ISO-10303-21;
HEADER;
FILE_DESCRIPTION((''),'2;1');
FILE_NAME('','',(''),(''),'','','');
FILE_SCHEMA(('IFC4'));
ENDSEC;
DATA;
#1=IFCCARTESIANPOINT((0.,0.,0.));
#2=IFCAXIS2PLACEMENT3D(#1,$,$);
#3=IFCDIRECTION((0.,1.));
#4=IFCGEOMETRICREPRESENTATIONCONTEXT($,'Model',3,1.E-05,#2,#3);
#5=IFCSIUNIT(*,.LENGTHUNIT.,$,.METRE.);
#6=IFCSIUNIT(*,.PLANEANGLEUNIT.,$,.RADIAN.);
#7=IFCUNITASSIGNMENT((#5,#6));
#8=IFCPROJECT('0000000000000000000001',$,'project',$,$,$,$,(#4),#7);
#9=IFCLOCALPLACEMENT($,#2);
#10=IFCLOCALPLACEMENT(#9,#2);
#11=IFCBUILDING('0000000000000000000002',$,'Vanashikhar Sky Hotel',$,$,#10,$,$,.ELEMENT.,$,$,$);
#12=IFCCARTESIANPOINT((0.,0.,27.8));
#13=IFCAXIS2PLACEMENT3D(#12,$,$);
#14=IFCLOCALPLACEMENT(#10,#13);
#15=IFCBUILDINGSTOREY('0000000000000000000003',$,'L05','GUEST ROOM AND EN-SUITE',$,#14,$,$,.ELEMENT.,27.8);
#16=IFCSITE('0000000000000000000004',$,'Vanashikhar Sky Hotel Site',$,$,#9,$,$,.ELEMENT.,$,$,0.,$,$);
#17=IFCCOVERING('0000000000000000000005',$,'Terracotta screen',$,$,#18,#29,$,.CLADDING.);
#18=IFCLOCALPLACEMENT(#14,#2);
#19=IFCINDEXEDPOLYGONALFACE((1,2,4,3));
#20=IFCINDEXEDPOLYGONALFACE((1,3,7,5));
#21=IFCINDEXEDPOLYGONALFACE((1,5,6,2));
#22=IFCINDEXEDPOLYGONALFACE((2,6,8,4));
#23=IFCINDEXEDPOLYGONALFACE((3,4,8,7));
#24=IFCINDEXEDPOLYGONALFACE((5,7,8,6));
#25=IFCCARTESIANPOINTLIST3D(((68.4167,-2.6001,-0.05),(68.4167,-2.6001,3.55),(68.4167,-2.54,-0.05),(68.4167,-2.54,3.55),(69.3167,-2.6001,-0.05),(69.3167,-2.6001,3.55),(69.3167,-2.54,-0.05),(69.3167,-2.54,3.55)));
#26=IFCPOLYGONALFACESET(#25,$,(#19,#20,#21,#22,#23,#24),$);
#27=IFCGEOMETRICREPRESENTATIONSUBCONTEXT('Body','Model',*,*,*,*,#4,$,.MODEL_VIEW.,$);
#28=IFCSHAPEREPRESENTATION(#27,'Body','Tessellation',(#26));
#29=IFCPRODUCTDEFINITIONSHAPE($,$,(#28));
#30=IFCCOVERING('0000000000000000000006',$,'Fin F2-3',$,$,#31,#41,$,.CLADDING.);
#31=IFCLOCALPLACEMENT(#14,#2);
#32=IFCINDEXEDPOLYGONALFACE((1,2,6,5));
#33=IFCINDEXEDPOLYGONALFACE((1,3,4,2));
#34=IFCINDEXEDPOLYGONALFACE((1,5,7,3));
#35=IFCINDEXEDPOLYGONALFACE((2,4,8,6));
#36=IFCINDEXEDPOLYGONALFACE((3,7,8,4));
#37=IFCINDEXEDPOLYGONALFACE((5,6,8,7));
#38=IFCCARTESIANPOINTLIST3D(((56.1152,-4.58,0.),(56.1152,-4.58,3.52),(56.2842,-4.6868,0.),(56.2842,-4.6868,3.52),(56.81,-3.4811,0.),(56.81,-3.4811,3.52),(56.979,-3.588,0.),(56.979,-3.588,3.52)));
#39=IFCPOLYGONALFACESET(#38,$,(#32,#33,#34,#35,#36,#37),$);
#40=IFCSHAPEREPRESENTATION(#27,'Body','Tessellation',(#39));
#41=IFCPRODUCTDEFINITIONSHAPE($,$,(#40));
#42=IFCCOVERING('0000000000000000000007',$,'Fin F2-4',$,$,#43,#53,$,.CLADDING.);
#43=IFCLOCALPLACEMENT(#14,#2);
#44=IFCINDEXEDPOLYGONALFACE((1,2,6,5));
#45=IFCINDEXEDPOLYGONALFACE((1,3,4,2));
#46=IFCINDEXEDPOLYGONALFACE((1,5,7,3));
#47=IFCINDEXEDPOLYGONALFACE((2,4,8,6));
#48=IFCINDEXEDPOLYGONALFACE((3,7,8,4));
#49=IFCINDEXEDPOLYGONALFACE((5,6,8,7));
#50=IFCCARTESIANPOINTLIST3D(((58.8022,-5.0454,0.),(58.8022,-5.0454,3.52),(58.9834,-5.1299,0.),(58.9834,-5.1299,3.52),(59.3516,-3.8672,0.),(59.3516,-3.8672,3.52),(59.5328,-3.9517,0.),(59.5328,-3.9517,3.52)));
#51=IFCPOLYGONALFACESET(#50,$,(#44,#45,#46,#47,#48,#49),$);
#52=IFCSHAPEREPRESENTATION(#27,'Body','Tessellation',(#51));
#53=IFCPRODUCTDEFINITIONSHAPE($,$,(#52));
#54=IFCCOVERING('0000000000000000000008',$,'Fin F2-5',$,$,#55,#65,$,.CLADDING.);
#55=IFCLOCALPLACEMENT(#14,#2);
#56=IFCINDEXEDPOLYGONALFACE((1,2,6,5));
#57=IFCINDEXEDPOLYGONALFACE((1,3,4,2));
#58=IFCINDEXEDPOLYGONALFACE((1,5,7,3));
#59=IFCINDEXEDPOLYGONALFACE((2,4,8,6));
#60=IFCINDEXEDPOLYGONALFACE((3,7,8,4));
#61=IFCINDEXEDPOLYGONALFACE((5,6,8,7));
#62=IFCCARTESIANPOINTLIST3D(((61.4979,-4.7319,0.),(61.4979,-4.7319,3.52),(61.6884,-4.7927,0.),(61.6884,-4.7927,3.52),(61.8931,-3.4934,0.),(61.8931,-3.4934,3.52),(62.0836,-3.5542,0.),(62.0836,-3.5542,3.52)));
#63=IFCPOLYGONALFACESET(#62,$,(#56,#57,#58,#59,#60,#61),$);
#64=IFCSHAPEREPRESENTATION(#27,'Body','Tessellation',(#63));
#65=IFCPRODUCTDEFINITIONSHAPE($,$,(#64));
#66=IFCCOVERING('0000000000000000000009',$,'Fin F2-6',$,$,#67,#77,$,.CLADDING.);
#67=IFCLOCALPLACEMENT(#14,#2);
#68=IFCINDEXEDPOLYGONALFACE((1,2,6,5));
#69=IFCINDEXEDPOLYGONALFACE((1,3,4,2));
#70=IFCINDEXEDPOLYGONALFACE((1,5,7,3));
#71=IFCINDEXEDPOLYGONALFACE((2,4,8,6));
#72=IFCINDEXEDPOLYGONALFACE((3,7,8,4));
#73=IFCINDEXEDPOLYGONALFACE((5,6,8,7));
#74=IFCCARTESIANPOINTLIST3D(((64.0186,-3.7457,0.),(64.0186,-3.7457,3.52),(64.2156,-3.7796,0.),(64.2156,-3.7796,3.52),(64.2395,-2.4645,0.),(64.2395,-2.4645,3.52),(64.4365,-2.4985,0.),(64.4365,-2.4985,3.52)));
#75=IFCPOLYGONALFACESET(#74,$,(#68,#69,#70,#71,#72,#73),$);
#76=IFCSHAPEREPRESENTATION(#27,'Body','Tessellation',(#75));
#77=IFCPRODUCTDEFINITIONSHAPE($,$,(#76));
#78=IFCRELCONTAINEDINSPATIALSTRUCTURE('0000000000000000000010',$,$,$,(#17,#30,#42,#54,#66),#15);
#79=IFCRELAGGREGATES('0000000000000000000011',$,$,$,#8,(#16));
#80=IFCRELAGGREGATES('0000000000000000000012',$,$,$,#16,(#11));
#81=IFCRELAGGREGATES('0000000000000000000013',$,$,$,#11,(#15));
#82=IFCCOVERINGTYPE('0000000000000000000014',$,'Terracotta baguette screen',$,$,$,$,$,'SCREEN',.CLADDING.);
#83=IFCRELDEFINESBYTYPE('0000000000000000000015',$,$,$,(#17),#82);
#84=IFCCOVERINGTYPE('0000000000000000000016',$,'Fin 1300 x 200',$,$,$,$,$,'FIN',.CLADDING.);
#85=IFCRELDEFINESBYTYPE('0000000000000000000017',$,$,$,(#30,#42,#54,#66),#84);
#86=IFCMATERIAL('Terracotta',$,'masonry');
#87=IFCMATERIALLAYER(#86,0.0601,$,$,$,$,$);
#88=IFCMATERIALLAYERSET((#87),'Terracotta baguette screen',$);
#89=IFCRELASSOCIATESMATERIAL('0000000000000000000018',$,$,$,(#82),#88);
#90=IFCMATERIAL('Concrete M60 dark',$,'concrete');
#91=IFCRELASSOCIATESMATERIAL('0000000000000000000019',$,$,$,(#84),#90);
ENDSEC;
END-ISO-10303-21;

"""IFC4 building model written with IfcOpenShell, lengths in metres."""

from ifc_helpers import new_model, si_unit, direction, frame, origin, origin_2d, place, context, subcontext, project, spatial, rectangle, extrude, source, transform, mapped, material, layer, layer_set, material_profile, profile_set, type_object, element, save


model = new_model("IFC4")

# Units and contexts
model_context = context("Model", 3, precision=1e-05, world=origin(), true_north=direction((0.0, 1.0)))
body_context = subcontext(model_context, "Body", "Model", "MODEL_VIEW")
ifc_project = project(units=[si_unit("LENGTHUNIT", "METRE"), si_unit("PLANEANGLEUNIT", "RADIAN")], contexts=[model_context])

# Site, building, storey
site_placement = place(None, origin())
site = spatial("IfcSite", under=ifc_project, at=site_placement, Name="Vanashikhar Sky Hotel Site", CompositionType="ELEMENT", RefElevation=0.0)
building_placement = place(site_placement, origin())
building = spatial("IfcBuilding", under=site, at=building_placement, Name="Vanashikhar Sky Hotel", CompositionType="ELEMENT")
storey_placement = place(building_placement, frame((0.0, 0.0, 27.8)))
storey = spatial("IfcBuildingStorey", under=building, at=storey_placement, Name="L05", Description="GUEST ROOM AND EN-SUITE", CompositionType="ELEMENT", Elevation=27.8)

# Coverings
ifc_material_1 = material(Name="Terracotta", Category="masonry")
ifc_layer_1 = layer(ifc_material_1, 0.0601)
ifc_layer_set_1 = layer_set([ifc_layer_1], Name="Terracotta baguette screen")
covering_type_1 = type_object("IfcCoveringType", Name="Terracotta baguette screen", ElementType="SCREEN", PredefinedType="CLADDING", material=ifc_layer_set_1)
shared_shape_1 = source(origin(), body_context, "Body", "SweptSolid", [
    extrude(rectangle(XDim=0.8999, YDim=0.0601, at=origin_2d()), origin(), (0.0, 0.0, 1.0), 3.6001),
])
covering_placement = place(storey_placement, frame((68.8667, -2.5701, -0.05), z_axis=(0.0, 0.0, 1.0), x_axis=(1.0, 0.0, 0.0)))
element("IfcCovering", 1, at=covering_placement, inside=storey, type_object=covering_type_1, Name="Terracotta screen", PredefinedType="CLADDING", context=body_context, shape_type="MappedRepresentation", body=[
    mapped(shared_shape_1, transform((0.0, 0.0, 0.0), scale=1.0)),
])
ifc_material_2 = material(Name="Concrete M60 dark", Category="concrete")
ifc_material_profile = material_profile(ifc_material_2, rectangle(XDim=1.3, YDim=0.2, at=origin_2d()))
ifc_profile_set = profile_set([ifc_material_profile], Name="Fin 1300 x 200")
covering_type_2 = type_object("IfcCoveringType", Name="Fin 1300 x 200", ElementType="FIN", PredefinedType="CLADDING", material=ifc_profile_set)
shared_shape_2 = source(origin(), body_context, "Body", "SweptSolid", [
    extrude(rectangle(XDim=1.3, YDim=0.2, at=origin_2d()), origin(), (0.0, 0.0, 1.0), 3.52),
])
for number, where, z_axis, x_axis, name in (
    (2, (56.5471, -4.084, 0.0), (0.0, 0.0, 1.0), (-0.534411, -0.845225, 0.0), "Fin F2-3"),
    (3, (59.1675, -4.4985, 0.0), (0.0, 0.0, 1.0), (-0.422618, -0.906308, 0.0), "Fin F2-4"),
    (4, (61.7908, -4.1431, 0.0), (0.0, 0.0, 1.0), (-0.303967, -0.952683, 0.0), "Fin F2-5"),
    (5, (64.2275, -3.1221, 0.0), (0.0, 0.0, 1.0), (-0.1699, -0.985461, 0.0), "Fin F2-6"),
):
    element("IfcCovering", number, at=place(storey_placement, frame(where, z_axis=z_axis, x_axis=x_axis)), inside=storey, type_object=covering_type_2, Name=name, PredefinedType="CLADDING", context=body_context, shape_type="MappedRepresentation", body=[
        mapped(shared_shape_2, transform((0.0, 0.0, 0.0), scale=1.0)),
    ])

save(model, "model.ifc")
